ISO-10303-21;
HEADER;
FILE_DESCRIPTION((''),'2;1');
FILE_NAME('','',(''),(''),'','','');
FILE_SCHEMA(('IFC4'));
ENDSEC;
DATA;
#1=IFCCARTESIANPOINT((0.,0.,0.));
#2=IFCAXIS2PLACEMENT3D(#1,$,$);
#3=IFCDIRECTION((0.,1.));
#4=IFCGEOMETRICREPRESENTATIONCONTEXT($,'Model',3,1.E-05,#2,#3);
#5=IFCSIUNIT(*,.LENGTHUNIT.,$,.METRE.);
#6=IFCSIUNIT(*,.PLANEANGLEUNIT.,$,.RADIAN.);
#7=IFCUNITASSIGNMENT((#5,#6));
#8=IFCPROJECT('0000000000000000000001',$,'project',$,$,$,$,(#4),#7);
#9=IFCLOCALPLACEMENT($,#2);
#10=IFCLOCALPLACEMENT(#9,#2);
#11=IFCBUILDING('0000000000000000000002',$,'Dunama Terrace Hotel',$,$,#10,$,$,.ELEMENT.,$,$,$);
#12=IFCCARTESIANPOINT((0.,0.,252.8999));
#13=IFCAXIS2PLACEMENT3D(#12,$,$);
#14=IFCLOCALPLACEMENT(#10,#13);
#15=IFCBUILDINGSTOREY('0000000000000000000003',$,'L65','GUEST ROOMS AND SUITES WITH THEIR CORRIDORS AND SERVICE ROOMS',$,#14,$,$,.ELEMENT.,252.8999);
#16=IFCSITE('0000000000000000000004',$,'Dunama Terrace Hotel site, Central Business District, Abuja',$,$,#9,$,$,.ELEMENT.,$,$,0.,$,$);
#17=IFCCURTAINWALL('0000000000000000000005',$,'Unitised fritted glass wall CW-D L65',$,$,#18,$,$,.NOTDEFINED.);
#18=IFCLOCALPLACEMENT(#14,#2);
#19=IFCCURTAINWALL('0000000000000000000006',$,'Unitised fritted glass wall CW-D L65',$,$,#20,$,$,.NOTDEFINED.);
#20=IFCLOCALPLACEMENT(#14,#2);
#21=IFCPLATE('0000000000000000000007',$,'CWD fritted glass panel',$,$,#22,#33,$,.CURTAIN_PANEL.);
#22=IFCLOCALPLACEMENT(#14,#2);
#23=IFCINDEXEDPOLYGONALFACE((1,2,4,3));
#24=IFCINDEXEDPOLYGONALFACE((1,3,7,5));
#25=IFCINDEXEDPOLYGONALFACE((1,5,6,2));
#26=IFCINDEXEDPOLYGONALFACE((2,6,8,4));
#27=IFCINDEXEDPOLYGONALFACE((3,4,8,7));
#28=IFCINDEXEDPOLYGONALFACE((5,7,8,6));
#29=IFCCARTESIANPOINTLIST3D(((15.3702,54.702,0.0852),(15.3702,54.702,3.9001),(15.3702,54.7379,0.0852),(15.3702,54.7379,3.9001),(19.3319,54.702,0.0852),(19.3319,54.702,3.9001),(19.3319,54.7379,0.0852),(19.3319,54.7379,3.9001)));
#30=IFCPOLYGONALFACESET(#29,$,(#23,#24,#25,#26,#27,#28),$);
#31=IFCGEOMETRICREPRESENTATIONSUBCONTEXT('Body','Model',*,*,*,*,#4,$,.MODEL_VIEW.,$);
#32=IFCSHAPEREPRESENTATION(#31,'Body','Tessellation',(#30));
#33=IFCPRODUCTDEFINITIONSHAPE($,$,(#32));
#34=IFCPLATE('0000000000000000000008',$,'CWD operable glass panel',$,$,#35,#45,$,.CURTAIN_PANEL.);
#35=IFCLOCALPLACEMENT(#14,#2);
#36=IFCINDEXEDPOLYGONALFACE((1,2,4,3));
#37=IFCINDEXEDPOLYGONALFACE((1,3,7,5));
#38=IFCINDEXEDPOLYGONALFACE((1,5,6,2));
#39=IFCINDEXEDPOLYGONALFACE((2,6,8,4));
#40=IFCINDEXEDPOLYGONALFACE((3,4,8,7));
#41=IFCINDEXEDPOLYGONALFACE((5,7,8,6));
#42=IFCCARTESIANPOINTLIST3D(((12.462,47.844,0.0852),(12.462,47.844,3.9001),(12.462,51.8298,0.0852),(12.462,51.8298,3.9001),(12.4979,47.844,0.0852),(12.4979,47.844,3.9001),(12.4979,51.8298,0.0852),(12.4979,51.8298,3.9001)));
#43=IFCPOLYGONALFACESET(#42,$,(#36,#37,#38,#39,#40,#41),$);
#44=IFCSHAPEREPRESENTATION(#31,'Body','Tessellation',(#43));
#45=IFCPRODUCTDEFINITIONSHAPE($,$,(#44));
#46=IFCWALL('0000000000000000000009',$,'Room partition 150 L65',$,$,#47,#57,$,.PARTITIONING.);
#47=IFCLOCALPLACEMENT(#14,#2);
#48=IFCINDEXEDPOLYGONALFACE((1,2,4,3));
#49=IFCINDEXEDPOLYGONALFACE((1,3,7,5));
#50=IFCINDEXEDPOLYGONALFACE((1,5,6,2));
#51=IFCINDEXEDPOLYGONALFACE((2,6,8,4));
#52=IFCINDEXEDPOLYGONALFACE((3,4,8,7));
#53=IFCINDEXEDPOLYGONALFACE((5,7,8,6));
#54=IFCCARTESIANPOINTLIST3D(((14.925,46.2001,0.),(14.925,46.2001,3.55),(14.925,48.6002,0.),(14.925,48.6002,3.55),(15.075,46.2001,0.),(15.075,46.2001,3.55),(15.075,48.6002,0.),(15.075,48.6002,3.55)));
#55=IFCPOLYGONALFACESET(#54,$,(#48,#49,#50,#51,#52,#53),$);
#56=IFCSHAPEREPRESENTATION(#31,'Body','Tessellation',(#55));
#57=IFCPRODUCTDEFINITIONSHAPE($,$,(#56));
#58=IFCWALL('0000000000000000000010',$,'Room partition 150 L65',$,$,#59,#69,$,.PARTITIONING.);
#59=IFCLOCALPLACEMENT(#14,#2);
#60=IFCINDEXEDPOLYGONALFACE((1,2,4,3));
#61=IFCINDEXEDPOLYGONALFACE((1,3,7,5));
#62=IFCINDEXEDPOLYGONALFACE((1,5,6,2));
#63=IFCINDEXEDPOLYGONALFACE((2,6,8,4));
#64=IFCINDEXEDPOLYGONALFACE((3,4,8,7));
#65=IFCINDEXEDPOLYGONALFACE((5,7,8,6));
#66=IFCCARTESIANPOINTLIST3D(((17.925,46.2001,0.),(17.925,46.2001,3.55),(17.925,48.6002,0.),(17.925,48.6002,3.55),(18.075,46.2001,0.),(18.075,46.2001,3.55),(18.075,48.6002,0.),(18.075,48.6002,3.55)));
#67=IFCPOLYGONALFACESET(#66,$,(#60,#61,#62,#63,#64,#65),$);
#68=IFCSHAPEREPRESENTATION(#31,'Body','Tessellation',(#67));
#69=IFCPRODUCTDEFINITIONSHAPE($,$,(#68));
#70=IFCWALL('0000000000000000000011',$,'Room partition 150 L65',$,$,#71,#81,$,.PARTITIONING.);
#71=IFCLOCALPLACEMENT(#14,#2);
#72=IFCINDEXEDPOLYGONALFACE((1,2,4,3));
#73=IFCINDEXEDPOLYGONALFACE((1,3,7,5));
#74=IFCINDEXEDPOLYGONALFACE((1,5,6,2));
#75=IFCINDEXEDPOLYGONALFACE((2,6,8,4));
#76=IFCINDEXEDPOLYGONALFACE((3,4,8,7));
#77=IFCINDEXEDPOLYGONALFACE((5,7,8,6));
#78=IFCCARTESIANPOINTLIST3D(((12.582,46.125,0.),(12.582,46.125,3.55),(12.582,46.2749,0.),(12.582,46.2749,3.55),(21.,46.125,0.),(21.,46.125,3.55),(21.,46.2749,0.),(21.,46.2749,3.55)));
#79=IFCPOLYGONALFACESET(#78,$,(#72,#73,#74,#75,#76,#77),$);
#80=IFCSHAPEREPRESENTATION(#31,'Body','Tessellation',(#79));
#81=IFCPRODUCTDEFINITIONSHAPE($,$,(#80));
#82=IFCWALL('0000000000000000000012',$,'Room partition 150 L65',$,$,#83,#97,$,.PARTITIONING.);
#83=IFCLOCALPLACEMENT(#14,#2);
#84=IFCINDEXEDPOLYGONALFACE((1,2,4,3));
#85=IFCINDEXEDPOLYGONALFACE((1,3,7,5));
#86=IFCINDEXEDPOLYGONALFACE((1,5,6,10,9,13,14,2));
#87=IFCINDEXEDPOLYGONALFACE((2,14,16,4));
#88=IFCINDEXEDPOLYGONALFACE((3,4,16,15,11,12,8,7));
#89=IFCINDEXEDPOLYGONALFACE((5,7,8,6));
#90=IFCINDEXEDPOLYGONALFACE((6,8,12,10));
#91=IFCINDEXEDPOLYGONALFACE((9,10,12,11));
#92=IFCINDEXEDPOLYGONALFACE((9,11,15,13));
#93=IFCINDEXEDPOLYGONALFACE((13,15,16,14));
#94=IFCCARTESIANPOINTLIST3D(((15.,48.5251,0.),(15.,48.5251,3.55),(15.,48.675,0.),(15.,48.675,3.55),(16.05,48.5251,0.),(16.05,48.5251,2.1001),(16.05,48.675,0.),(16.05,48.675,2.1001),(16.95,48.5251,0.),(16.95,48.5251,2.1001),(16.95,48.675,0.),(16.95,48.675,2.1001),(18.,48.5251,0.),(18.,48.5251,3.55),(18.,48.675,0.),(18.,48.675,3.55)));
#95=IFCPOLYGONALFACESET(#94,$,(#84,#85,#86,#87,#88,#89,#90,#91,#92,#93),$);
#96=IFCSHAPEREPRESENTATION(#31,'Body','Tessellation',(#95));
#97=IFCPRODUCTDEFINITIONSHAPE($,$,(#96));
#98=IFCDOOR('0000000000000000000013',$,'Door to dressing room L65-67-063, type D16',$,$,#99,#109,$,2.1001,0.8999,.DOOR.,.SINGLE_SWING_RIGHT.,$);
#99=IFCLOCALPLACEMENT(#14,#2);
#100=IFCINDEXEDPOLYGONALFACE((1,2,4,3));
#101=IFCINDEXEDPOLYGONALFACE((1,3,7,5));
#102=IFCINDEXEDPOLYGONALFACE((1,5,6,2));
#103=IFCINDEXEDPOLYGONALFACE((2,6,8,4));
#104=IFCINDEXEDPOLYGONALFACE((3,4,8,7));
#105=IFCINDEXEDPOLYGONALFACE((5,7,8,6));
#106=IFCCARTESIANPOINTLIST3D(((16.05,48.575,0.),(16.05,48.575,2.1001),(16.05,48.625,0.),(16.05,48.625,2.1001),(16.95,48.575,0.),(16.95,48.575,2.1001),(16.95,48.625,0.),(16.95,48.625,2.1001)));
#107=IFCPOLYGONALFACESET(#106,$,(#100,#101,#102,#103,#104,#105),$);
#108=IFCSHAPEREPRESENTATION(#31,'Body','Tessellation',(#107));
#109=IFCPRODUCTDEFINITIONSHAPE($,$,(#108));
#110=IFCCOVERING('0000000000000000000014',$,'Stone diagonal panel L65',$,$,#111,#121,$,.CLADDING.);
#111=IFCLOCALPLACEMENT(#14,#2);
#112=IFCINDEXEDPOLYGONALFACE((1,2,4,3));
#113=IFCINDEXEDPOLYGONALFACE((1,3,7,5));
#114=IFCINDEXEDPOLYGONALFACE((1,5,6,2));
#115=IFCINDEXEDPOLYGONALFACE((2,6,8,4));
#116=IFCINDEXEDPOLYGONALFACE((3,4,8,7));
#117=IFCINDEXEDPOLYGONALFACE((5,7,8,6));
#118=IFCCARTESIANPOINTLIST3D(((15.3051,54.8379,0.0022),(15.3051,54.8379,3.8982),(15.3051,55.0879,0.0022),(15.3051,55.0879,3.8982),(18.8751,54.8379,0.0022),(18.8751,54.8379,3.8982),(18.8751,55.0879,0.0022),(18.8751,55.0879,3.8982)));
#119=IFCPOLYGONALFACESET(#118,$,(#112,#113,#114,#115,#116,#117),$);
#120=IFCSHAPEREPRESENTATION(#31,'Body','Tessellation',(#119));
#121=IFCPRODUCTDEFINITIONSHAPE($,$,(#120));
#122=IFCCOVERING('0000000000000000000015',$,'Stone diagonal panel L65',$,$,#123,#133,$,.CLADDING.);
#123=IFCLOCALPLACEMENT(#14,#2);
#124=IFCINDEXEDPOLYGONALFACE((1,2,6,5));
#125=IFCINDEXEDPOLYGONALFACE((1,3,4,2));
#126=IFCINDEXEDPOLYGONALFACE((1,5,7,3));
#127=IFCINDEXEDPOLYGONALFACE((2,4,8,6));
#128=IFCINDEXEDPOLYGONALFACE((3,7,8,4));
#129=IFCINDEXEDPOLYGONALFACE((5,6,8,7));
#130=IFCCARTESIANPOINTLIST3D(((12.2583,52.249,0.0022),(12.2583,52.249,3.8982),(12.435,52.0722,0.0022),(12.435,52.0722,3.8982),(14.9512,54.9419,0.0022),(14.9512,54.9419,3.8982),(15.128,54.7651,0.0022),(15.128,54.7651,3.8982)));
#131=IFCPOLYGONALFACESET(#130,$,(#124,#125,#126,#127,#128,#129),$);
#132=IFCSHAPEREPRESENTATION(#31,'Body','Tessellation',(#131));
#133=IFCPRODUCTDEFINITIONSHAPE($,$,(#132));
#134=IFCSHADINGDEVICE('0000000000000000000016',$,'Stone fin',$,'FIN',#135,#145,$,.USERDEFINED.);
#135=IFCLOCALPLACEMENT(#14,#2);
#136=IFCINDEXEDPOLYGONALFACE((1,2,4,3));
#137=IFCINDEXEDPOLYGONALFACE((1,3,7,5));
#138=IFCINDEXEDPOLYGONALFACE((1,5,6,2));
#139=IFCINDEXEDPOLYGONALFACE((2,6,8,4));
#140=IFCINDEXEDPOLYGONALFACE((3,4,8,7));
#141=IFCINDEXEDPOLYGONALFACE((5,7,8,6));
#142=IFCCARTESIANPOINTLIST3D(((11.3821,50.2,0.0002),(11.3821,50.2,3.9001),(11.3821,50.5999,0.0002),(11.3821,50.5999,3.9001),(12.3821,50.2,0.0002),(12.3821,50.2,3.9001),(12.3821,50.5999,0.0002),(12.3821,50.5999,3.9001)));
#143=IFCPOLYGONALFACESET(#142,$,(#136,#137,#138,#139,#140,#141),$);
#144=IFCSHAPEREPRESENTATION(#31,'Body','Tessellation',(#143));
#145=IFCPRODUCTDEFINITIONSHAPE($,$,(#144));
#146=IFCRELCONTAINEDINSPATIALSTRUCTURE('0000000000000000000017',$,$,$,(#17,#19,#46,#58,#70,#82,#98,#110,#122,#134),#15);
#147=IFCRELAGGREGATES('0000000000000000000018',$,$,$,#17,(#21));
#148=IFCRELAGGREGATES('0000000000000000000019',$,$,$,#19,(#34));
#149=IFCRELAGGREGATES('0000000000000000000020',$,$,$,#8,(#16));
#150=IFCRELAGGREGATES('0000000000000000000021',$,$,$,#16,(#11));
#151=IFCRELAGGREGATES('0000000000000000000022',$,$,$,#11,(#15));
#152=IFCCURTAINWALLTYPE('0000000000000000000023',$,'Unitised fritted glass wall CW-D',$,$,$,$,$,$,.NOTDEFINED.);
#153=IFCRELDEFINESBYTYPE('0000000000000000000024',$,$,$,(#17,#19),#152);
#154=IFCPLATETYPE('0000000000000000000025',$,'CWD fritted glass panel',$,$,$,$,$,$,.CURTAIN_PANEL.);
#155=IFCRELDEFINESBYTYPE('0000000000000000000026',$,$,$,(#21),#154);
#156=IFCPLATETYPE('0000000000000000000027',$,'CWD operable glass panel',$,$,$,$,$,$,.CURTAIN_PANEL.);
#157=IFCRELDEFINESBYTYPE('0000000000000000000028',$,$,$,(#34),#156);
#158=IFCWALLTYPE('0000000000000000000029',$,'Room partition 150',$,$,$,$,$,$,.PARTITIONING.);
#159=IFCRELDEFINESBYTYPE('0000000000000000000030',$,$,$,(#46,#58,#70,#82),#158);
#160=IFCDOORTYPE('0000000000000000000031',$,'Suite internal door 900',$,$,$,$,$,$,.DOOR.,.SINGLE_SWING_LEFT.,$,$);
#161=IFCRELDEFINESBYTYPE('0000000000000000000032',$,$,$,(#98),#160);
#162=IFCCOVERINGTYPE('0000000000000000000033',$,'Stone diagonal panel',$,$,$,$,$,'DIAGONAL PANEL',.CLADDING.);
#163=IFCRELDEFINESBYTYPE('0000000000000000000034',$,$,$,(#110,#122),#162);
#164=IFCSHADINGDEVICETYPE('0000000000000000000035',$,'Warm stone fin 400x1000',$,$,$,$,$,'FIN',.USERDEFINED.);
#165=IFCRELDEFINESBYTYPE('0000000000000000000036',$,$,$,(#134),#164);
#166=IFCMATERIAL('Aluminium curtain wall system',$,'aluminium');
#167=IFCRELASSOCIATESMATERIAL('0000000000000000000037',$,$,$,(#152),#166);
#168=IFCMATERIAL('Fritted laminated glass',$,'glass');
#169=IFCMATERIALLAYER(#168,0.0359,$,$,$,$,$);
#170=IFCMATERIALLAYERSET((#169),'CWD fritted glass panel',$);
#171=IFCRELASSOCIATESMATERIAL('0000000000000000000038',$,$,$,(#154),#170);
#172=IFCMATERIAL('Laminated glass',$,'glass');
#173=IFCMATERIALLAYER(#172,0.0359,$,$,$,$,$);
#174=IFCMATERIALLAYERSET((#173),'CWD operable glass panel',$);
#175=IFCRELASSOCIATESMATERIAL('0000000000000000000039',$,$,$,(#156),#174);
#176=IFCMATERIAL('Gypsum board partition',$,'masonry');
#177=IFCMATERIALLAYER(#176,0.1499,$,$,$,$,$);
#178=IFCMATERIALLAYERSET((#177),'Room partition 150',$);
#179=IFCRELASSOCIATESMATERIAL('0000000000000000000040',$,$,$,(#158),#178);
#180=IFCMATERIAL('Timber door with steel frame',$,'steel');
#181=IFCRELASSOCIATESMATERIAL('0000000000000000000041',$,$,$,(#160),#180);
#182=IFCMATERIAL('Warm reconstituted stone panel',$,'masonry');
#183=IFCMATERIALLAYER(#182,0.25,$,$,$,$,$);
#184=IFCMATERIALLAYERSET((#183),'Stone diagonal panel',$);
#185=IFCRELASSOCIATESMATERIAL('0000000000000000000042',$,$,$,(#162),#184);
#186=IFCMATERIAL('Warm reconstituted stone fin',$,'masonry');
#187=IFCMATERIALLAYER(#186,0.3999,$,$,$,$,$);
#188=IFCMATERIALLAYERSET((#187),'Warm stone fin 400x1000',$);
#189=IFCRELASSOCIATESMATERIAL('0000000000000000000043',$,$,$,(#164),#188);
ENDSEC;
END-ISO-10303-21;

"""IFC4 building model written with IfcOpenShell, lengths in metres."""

from ifc_helpers import new_model, si_unit, direction, frame, frame_2d, origin, origin_2d, place, context, subcontext, project, spatial, rectangle, extrude, material, layer, layer_set, type_object, element, fill, aggregate, save


model = new_model("IFC4")

# Units and contexts
model_context = context("Model", 3, precision=1e-05, world=origin(), true_north=direction((0.0, 1.0)))
body_context = subcontext(model_context, "Body", "Model", "MODEL_VIEW")
ifc_project = project(units=[si_unit("LENGTHUNIT", "METRE"), si_unit("PLANEANGLEUNIT", "RADIAN")], contexts=[model_context])

# Site, building, storey
site_placement = place(None, origin())
site = spatial("IfcSite", under=ifc_project, at=site_placement, Name="Dunama Terrace Hotel site, Central Business District, Abuja", CompositionType="ELEMENT", RefElevation=0.0)
building_placement = place(site_placement, origin())
building = spatial("IfcBuilding", under=site, at=building_placement, Name="Dunama Terrace Hotel", CompositionType="ELEMENT")
storey_placement = place(building_placement, frame((0.0, 0.0, 252.8999)))
storey = spatial("IfcBuildingStorey", under=building, at=storey_placement, Name="L65", Description="GUEST ROOMS AND SUITES WITH THEIR CORRIDORS AND SERVICE ROOMS", CompositionType="ELEMENT", Elevation=252.8999)

# Curtain wall
ifc_material_1 = material(Name="Aluminium curtain wall system", Category="aluminium")
curtain_wall_type = type_object("IfcCurtainWallType", Name="Unitised fritted glass wall CW-D", PredefinedType="NOTDEFINED", material=ifc_material_1)
curtain_wall_1_placement = place(storey_placement, origin())
curtain_wall_1 = element("IfcCurtainWall", 1, at=curtain_wall_1_placement, inside=storey, type_object=curtain_wall_type, Name="Unitised fritted glass wall CW-D L65", PredefinedType="NOTDEFINED")

# Curtain wall
curtain_wall_2_placement = place(storey_placement, origin())
curtain_wall_2 = element("IfcCurtainWall", 2, at=curtain_wall_2_placement, inside=storey, type_object=curtain_wall_type, Name="Unitised fritted glass wall CW-D L65", PredefinedType="NOTDEFINED")

# Plates
ifc_material_2 = material(Name="Fritted laminated glass", Category="glass")
ifc_layer_1 = layer(ifc_material_2, 0.0359)
ifc_layer_set_1 = layer_set([ifc_layer_1], Name="CWD fritted glass panel")
plate_type_1 = type_object("IfcPlateType", Name="CWD fritted glass panel", PredefinedType="CURTAIN_PANEL", material=ifc_layer_set_1)
plate_1_placement = place(storey_placement, frame((17.3511, 54.72, 0.0852), z_axis=(0.0, 0.0, 1.0), x_axis=(-1.0, 0.0, 0.0)))
plate_1 = element("IfcPlate", 3, at=plate_1_placement, type_object=plate_type_1, Name="CWD fritted glass panel", PredefinedType="CURTAIN_PANEL", context=body_context, shape_type="SweptSolid", body=[
    extrude(rectangle(XDim=3.9617, YDim=0.0359, at=origin_2d()), origin(), (0.0, 0.0, 1.0), 3.8149),
])
aggregate(curtain_wall_1, [plate_1])
ifc_material_3 = material(Name="Laminated glass", Category="glass")
ifc_layer_2 = layer(ifc_material_3, 0.0359)
ifc_layer_set_2 = layer_set([ifc_layer_2], Name="CWD operable glass panel")
plate_type_2 = type_object("IfcPlateType", Name="CWD operable glass panel", PredefinedType="CURTAIN_PANEL", material=ifc_layer_set_2)
plate_2_placement = place(storey_placement, frame((12.48, 49.8369, 0.0852), z_axis=(0.0, 0.0, 1.0), x_axis=(0.0, -1.0, 0.0)))
plate_2 = element("IfcPlate", 4, at=plate_2_placement, type_object=plate_type_2, Name="CWD operable glass panel", PredefinedType="CURTAIN_PANEL", context=body_context, shape_type="SweptSolid", body=[
    extrude(rectangle(XDim=3.9858, YDim=0.0359, at=origin_2d()), origin(), (0.0, 0.0, 1.0), 3.8149),
])
aggregate(curtain_wall_2, [plate_2])

# Walls
ifc_material_4 = material(Name="Gypsum board partition", Category="masonry")
ifc_layer_3 = layer(ifc_material_4, 0.1499)
ifc_layer_set_3 = layer_set([ifc_layer_3], Name="Room partition 150")
wall_type = type_object("IfcWallType", Name="Room partition 150", PredefinedType="PARTITIONING", material=ifc_layer_set_3)
for number, where, z_axis, x_axis, name in (
    (5, (15.0, 46.2, 0.0), (0.0, 0.0, 1.0), (0.0, 1.0, 0.0), "Room partition 150 L65"),
    (6, (18.0, 46.2, 0.0), (0.0, 0.0, 1.0), (0.0, 1.0, 0.0), "Room partition 150 L65"),
):
    element("IfcWall", number, at=place(storey_placement, frame(where, z_axis=z_axis, x_axis=x_axis)), inside=storey, type_object=wall_type, Name=name, PredefinedType="PARTITIONING", context=body_context, shape_type="SweptSolid", body=[
        extrude(rectangle(XDim=2.4001, YDim=0.1499, at=frame_2d((1.2002, 0.0))), origin(), (0.0, 0.0, 1.0), 3.55),
    ])
wall_1_placement = place(storey_placement, frame((12.582, 46.2, 0.0), z_axis=(0.0, 0.0, 1.0), x_axis=(1.0, 0.0, 0.0)))
element("IfcWall", 7, at=wall_1_placement, inside=storey, type_object=wall_type, Name="Room partition 150 L65", PredefinedType="PARTITIONING", context=body_context, shape_type="SweptSolid", body=[
    extrude(rectangle(XDim=8.418, YDim=0.1499, at=frame_2d((4.209, 0.0))), origin(), (0.0, 0.0, 1.0), 3.55),
])

# Wall, opening, door
wall_2_placement = place(storey_placement, frame((15.0, 48.6001, 0.0), z_axis=(0.0, 0.0, 1.0), x_axis=(1.0, 0.0, 0.0)))
wall_2 = element("IfcWall", 8, at=wall_2_placement, inside=storey, type_object=wall_type, Name="Room partition 150 L65", PredefinedType="PARTITIONING", context=body_context, shape_type="SweptSolid", body=[
    extrude(rectangle(XDim=3.0, YDim=0.1499, at=frame_2d((1.5, 0.0))), origin(), (0.0, 0.0, 1.0), 3.55),
])
opening_placement = place(wall_2_placement, frame((1.05, 0.0, 0.0)))
opening = element("IfcOpeningElement", 9, at=opening_placement, cuts=wall_2, PredefinedType="OPENING", context=body_context, shape_type="SweptSolid", body=[
    extrude(rectangle(XDim=0.8999, YDim=2.1001, at=frame_2d((0.45, 1.05))), frame((0.0, 0.085, 0.0), z_axis=(0.0, -1.0, 0.0), x_axis=(1.0, 0.0, 0.0)), (0.0, 0.0, 1.0), 0.1699),
])
ifc_material_5 = material(Name="Timber door with steel frame", Category="steel")
door_type = type_object("IfcDoorType", Name="Suite internal door 900", OperationType="SINGLE_SWING_LEFT", PredefinedType="DOOR", material=ifc_material_5)
door_placement = place(opening_placement, frame((0.8999, 0.0, 0.0), z_axis=(0.0, 0.0, 1.0), x_axis=(-1.0, 0.0, 0.0)))
door = element("IfcDoor", 10, at=door_placement, inside=storey, type_object=door_type, Name="Door to dressing room L65-67-063, type D16", OperationType="SINGLE_SWING_RIGHT", OverallHeight=2.1001, OverallWidth=0.8999, PredefinedType="DOOR", context=body_context, shape_type="SweptSolid", body=[
    extrude(rectangle(XDim=0.8999, YDim=2.1001, at=frame_2d((0.45, 1.05))), frame((0.0, 0.0251, 0.0), z_axis=(0.0, -1.0, 0.0), x_axis=(1.0, 0.0, 0.0)), (0.0, 0.0, 1.0), 0.05),
])
fill(opening, door)

# Coverings
ifc_material_6 = material(Name="Warm reconstituted stone panel", Category="masonry")
ifc_layer_4 = layer(ifc_material_6, 0.25)
ifc_layer_set_4 = layer_set([ifc_layer_4], Name="Stone diagonal panel")
covering_type = type_object("IfcCoveringType", Name="Stone diagonal panel", ElementType="DIAGONAL PANEL", PredefinedType="CLADDING", material=ifc_layer_set_4)
covering_1_placement = place(storey_placement, frame((17.0901, 54.9629, 0.0022), z_axis=(0.0, 0.0, 1.0), x_axis=(-1.0, 0.0, 0.0)))
element("IfcCovering", 11, at=covering_1_placement, inside=storey, type_object=covering_type, Name="Stone diagonal panel L65", PredefinedType="CLADDING", context=body_context, shape_type="SweptSolid", body=[
    extrude(rectangle(XDim=3.5701, YDim=0.25, at=origin_2d()), origin(), (0.0, 0.0, 1.0), 3.896),
])
covering_2_placement = place(storey_placement, frame((13.6931, 53.5071, 0.0022), z_axis=(0.0, 0.0, 1.0), x_axis=(-0.707107, -0.707107, 0.0)))
element("IfcCovering", 12, at=covering_2_placement, inside=storey, type_object=covering_type, Name="Stone diagonal panel L65", PredefinedType="CLADDING", context=body_context, shape_type="SweptSolid", body=[
    extrude(rectangle(XDim=3.8083, YDim=0.25, at=origin_2d()), origin(), (0.0, 0.0, 1.0), 3.896),
])

# Shading device
ifc_material_7 = material(Name="Warm reconstituted stone fin", Category="masonry")
ifc_layer_5 = layer(ifc_material_7, 0.3999)
ifc_layer_set_5 = layer_set([ifc_layer_5], Name="Warm stone fin 400x1000")
shading_device_type = type_object("IfcShadingDeviceType", Name="Warm stone fin 400x1000", ElementType="FIN", PredefinedType="USERDEFINED", material=ifc_layer_set_5)
shading_device_placement = place(storey_placement, frame((11.8821, 50.3999, 0.0002), z_axis=(0.0, 0.0, 1.0), x_axis=(0.0, -1.0, 0.0)))
element("IfcShadingDevice", 13, at=shading_device_placement, inside=storey, type_object=shading_device_type, Name="Stone fin", ObjectType="FIN", PredefinedType="USERDEFINED", context=body_context, shape_type="SweptSolid", body=[
    extrude(rectangle(XDim=0.3999, YDim=1.0, at=origin_2d()), origin(), (0.0, 0.0, 1.0), 3.8999),
])

save(model, "model.ifc")
